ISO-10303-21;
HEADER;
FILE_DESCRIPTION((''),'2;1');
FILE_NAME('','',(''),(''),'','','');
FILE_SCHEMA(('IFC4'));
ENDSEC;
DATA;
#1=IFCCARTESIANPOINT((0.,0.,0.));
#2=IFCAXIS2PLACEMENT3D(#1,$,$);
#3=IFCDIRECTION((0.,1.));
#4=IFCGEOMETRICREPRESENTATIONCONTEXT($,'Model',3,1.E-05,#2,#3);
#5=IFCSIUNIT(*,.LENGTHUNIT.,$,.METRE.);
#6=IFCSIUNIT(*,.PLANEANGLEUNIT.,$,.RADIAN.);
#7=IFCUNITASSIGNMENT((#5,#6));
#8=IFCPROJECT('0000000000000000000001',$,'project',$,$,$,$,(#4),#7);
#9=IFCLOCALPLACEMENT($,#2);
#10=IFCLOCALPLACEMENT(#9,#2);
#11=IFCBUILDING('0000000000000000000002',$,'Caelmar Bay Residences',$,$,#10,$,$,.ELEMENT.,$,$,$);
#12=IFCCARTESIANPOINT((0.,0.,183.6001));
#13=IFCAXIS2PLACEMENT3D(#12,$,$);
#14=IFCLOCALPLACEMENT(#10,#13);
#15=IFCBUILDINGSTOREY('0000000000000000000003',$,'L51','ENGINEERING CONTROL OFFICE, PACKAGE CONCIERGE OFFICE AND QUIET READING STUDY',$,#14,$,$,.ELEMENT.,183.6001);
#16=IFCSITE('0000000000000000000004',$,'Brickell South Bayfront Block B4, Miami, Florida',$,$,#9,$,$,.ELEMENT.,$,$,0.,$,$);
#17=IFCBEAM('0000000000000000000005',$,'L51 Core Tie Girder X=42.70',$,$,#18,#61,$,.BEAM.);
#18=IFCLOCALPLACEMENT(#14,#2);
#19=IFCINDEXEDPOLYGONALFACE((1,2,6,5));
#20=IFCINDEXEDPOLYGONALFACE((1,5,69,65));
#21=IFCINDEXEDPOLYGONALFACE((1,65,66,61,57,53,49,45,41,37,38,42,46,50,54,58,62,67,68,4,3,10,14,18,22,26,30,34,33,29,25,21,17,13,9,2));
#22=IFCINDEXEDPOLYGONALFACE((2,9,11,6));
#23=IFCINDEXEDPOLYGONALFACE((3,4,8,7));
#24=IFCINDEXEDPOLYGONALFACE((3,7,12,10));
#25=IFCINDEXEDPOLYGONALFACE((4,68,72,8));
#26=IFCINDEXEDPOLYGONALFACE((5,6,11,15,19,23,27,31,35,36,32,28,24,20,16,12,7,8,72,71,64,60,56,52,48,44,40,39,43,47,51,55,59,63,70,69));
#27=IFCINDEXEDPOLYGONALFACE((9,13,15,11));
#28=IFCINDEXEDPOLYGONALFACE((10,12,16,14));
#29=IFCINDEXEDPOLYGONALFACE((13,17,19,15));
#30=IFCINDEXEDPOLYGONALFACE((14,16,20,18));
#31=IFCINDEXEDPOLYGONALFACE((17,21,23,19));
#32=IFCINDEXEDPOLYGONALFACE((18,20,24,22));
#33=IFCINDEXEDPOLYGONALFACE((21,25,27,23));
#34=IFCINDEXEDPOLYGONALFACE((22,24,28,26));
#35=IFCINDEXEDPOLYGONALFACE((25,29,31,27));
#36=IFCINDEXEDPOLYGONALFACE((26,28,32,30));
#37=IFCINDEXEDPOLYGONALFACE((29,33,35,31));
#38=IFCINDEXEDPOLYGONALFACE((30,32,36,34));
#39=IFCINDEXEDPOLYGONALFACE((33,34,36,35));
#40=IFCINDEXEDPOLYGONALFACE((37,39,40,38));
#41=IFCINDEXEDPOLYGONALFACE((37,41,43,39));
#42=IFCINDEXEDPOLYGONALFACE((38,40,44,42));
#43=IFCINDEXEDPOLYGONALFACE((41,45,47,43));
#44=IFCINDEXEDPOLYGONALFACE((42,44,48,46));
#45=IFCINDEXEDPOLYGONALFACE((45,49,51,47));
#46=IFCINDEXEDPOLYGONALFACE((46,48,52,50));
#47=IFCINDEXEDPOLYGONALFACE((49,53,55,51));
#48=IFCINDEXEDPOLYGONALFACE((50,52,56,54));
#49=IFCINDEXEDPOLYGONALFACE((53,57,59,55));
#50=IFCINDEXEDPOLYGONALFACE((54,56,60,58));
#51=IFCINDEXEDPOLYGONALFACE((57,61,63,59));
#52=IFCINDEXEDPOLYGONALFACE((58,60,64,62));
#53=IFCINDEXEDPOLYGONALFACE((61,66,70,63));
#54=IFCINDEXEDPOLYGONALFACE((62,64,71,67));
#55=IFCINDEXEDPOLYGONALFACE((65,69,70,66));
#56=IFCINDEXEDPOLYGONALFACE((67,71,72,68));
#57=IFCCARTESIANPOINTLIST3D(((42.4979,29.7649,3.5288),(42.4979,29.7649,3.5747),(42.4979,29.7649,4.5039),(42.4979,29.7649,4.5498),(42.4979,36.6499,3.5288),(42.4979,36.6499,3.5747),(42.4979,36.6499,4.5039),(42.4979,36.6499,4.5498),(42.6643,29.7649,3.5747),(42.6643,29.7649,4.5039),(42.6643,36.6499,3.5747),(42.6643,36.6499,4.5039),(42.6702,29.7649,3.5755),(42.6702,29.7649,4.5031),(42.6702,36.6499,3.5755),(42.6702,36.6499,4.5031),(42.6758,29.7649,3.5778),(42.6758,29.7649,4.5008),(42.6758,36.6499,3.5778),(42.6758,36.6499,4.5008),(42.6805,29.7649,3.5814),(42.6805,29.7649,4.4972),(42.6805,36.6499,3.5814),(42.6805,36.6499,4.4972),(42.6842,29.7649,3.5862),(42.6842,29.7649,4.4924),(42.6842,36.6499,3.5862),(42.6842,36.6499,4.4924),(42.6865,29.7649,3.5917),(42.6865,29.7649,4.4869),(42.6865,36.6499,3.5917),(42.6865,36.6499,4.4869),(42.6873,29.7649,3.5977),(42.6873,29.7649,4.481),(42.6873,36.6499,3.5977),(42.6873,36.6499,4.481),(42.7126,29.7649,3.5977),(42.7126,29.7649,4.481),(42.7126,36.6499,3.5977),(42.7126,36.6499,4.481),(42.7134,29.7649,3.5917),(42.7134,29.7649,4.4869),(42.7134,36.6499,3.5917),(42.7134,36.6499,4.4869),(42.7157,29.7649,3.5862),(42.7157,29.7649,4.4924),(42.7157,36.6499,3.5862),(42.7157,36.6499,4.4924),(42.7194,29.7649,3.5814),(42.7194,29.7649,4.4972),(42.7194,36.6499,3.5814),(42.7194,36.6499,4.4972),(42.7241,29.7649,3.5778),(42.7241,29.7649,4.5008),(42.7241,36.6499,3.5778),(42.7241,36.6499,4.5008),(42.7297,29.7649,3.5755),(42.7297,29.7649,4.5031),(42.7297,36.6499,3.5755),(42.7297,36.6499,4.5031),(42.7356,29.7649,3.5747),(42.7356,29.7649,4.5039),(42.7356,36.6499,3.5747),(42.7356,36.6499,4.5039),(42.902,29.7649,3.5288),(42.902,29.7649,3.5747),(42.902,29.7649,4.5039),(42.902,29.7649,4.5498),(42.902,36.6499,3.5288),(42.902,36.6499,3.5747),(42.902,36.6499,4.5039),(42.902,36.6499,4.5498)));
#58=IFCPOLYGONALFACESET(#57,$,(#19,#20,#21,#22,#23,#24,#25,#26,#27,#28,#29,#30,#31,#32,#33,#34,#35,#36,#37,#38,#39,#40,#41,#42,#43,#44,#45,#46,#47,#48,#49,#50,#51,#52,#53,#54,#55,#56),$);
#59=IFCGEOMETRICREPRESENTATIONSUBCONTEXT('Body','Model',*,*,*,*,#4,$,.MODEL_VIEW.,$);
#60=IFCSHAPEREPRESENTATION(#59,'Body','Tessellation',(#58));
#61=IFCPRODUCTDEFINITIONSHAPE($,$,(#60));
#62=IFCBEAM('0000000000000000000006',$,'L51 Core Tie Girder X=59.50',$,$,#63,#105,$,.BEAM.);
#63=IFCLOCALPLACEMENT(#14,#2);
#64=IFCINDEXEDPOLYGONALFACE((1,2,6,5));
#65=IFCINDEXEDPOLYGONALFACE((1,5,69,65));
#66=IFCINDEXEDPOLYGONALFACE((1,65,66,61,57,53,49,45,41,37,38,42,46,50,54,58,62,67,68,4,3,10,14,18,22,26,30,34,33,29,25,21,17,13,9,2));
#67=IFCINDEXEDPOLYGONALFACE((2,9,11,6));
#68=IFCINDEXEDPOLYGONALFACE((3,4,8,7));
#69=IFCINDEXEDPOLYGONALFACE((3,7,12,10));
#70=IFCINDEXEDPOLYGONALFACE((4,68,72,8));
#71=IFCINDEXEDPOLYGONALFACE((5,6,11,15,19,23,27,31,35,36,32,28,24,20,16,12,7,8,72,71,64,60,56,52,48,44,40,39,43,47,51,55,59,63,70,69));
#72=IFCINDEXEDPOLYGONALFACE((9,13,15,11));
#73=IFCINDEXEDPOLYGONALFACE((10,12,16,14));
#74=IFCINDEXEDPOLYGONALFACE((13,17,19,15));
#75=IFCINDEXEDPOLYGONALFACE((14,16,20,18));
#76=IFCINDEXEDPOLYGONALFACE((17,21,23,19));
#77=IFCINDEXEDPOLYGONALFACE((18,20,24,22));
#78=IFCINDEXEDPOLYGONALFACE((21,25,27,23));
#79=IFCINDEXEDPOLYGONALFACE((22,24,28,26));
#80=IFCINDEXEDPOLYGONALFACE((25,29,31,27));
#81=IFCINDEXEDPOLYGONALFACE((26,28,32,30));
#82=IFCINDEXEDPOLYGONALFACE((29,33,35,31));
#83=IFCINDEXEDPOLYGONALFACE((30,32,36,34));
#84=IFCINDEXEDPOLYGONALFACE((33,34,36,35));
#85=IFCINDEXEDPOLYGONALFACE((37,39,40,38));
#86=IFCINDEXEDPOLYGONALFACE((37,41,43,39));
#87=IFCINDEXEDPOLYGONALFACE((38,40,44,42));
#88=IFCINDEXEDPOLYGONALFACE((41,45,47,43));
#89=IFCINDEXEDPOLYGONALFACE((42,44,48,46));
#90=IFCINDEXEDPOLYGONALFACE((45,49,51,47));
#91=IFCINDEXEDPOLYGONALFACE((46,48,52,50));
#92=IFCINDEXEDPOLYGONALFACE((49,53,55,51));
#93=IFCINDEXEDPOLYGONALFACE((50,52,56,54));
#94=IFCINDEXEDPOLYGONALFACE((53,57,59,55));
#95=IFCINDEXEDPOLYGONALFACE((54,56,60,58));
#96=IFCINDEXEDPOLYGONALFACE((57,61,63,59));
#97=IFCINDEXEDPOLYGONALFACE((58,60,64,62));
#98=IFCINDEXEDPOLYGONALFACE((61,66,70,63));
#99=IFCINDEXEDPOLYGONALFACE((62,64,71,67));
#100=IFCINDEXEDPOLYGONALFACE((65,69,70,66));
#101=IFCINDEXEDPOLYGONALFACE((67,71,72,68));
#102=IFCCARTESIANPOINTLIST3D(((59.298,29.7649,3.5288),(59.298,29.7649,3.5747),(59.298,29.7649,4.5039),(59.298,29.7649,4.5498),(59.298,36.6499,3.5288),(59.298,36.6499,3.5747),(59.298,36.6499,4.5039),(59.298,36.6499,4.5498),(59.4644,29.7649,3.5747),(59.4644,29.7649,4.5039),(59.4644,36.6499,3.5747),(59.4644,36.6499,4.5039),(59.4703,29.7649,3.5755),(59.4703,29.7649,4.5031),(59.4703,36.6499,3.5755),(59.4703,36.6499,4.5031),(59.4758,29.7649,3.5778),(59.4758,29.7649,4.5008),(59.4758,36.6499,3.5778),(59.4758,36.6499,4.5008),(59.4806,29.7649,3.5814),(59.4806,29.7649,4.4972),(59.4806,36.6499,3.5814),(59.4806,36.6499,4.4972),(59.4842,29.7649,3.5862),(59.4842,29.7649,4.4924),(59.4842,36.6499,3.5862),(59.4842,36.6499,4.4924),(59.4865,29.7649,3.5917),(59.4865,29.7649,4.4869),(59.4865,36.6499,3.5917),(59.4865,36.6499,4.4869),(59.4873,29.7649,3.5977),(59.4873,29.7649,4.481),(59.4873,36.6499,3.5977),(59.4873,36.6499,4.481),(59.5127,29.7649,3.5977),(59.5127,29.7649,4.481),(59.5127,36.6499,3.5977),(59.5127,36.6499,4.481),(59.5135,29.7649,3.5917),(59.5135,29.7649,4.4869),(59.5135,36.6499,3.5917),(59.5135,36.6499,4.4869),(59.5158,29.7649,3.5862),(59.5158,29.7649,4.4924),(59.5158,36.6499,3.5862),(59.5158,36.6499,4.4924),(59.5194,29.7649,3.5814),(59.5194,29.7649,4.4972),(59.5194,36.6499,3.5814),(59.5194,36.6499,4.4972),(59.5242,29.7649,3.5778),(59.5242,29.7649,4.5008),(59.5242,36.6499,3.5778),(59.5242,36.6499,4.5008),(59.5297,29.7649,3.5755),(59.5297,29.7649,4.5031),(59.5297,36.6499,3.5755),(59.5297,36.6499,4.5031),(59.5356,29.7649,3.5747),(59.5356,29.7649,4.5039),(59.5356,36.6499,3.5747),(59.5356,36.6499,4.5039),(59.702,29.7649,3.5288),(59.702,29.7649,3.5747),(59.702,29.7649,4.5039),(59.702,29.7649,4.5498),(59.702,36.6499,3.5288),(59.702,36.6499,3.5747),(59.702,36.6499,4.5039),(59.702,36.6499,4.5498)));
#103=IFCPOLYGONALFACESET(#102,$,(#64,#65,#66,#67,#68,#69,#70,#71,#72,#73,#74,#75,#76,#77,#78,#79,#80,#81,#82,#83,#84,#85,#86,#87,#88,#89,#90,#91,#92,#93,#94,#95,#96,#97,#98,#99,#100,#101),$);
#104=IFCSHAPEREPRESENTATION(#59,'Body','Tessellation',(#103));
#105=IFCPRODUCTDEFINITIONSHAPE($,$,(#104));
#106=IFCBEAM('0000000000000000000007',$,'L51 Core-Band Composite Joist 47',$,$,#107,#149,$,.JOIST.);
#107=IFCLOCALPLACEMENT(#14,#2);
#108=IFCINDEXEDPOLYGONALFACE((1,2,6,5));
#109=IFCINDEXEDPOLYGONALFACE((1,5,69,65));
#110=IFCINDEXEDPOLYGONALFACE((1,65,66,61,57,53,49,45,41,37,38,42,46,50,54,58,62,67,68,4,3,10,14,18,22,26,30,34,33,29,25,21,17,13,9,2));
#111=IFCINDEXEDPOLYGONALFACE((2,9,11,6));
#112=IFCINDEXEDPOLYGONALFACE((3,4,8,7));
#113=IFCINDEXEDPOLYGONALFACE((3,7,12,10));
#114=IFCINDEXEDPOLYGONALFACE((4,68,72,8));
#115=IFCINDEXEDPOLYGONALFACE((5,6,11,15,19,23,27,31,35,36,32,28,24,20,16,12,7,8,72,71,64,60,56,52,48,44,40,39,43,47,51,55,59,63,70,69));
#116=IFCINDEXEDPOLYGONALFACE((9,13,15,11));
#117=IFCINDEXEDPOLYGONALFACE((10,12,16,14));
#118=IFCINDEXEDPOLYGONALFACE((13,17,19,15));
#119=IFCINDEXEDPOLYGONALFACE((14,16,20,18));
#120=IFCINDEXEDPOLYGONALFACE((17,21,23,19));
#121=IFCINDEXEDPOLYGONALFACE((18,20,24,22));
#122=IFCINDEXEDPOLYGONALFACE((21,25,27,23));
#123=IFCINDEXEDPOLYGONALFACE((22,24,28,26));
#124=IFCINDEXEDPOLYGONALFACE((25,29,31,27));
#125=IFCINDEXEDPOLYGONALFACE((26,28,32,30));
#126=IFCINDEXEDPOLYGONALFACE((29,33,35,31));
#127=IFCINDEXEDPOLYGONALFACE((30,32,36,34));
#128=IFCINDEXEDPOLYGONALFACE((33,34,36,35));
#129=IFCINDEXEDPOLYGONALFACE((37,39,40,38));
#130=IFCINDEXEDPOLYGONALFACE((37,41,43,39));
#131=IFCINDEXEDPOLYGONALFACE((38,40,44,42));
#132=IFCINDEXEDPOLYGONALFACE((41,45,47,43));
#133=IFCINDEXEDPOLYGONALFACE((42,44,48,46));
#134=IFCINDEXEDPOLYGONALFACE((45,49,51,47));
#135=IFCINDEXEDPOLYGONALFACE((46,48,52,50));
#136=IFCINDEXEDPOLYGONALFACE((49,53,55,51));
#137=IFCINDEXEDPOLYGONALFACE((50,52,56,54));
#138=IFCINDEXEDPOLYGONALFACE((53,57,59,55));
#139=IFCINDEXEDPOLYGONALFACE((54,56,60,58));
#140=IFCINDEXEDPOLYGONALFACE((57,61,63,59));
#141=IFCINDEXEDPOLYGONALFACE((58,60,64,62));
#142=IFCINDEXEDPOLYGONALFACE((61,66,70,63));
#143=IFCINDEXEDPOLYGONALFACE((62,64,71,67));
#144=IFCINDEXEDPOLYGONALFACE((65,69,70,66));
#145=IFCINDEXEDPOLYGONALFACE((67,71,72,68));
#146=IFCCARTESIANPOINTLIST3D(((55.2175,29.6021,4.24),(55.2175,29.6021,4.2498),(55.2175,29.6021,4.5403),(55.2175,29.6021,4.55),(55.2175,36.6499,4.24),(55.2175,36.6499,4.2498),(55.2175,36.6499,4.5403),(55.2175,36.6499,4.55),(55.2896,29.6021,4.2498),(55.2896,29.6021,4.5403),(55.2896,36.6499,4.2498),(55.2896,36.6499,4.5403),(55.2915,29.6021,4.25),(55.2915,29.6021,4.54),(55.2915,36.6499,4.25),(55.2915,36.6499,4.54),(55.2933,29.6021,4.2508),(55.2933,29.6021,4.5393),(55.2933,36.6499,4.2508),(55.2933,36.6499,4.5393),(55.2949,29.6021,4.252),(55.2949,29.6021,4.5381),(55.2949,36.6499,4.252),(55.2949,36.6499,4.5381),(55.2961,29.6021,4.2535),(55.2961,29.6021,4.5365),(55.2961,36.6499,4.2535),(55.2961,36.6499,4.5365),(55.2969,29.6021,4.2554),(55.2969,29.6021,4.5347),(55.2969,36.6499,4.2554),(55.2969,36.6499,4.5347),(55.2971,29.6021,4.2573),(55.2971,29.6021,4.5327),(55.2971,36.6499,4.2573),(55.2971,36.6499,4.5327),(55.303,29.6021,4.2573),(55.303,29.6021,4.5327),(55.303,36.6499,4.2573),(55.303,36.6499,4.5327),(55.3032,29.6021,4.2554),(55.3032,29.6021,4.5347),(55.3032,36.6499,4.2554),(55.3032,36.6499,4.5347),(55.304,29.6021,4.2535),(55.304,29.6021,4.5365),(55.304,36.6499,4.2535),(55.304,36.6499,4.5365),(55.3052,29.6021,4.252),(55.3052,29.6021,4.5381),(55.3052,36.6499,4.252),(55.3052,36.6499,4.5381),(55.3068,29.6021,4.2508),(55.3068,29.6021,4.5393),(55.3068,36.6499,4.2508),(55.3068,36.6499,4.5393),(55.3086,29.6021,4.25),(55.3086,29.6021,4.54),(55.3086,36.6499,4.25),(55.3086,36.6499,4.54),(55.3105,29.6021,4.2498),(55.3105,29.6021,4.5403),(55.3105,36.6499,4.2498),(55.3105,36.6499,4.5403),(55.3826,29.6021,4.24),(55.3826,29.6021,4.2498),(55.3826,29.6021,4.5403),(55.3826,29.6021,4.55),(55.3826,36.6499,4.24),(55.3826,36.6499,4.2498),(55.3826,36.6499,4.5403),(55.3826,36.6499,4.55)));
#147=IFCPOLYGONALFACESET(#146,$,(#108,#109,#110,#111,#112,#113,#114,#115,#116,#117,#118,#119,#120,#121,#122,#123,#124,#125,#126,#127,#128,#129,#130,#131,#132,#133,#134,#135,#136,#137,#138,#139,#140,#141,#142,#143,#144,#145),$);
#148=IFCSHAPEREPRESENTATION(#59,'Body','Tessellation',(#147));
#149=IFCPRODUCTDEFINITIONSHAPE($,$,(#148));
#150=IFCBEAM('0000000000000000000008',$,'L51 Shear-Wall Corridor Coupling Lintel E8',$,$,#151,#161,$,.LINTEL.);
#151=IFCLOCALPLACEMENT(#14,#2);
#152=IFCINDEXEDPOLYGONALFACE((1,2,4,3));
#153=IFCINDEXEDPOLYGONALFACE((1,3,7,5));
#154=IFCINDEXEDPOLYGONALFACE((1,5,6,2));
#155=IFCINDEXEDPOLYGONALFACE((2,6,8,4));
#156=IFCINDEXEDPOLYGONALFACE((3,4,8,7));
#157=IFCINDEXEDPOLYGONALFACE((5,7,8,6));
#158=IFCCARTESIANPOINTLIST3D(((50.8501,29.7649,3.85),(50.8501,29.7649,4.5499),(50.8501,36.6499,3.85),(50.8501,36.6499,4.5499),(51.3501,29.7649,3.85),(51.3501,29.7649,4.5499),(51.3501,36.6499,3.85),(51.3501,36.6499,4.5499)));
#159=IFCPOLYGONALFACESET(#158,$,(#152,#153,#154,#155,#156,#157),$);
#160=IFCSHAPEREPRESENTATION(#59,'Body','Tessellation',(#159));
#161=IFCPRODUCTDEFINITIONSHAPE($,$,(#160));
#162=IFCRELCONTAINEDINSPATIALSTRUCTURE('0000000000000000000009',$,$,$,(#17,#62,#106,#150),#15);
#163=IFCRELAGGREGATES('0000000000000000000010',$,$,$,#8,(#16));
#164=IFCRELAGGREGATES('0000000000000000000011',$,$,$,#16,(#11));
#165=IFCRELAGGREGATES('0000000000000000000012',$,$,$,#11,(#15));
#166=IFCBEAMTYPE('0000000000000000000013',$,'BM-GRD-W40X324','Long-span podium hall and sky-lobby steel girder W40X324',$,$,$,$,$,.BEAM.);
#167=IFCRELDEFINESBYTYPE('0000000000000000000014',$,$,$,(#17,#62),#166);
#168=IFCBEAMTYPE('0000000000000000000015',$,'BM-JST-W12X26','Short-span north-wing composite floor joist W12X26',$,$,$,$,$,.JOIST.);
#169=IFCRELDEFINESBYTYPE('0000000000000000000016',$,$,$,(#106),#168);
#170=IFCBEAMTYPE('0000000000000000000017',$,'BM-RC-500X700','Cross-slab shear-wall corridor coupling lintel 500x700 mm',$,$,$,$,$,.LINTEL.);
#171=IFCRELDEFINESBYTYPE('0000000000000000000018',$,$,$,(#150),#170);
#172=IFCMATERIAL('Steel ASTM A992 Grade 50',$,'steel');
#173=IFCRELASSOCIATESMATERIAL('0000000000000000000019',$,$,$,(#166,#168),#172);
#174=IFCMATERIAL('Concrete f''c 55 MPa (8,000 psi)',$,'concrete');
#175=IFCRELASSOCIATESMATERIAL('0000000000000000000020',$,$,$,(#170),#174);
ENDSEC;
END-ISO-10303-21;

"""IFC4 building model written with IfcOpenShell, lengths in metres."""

from ifc_helpers import new_model, si_unit, direction, frame, origin, origin_2d, place, context, subcontext, project, spatial, rectangle, i_section, extrude, material, material_profile, profile_set, type_object, element, save


model = new_model("IFC4")

# Units and contexts
model_context = context("Model", 3, precision=1e-05, world=origin(), true_north=direction((0.0, 1.0)))
body_context = subcontext(model_context, "Body", "Model", "MODEL_VIEW")
ifc_project = project(units=[si_unit("LENGTHUNIT", "METRE"), si_unit("PLANEANGLEUNIT", "RADIAN")], contexts=[model_context])

# Site, building, storey
site_placement = place(None, origin())
site = spatial("IfcSite", under=ifc_project, at=site_placement, Name="Brickell South Bayfront Block B4, Miami, Florida", CompositionType="ELEMENT", RefElevation=0.0)
building_placement = place(site_placement, origin())
building = spatial("IfcBuilding", under=site, at=building_placement, Name="Caelmar Bay Residences", CompositionType="ELEMENT")
storey_placement = place(building_placement, frame((0.0, 0.0, 183.6001)))
storey = spatial("IfcBuildingStorey", under=building, at=storey_placement, Name="L51", Description="ENGINEERING CONTROL OFFICE, PACKAGE CONCIERGE OFFICE AND QUIET READING STUDY", CompositionType="ELEMENT", Elevation=183.6001)

# Beams
ifc_material_1 = material(Name="Steel ASTM A992 Grade 50", Category="steel")
ifc_material_profile_1 = material_profile(ifc_material_1, i_section(OverallWidth=0.4041, OverallDepth=1.021, WebThickness=0.0254, FlangeThickness=0.0459, FilletRadius=0.0229, at=origin_2d()), Name="W40X324")
ifc_profile_set_1 = profile_set([ifc_material_profile_1], Name="Steel ASTM A992 Grade 50")
beam_type_1 = type_object("IfcBeamType", Name="BM-GRD-W40X324", Description="Long-span podium hall and sky-lobby steel girder W40X324", PredefinedType="BEAM", material=ifc_profile_set_1)
for number, where, z_axis, x_axis, name in (
    (1, (42.7, 29.7649, 4.0393), (0.0, 1.0, 0.0), (-1.0, 0.0, 0.0), "L51 Core Tie Girder X=42.70"),
    (2, (59.5, 29.7649, 4.0393), (0.0, 1.0, 0.0), (-1.0, 0.0, 0.0), "L51 Core Tie Girder X=59.50"),
):
    element("IfcBeam", number, at=place(storey_placement, frame(where, z_axis=z_axis, x_axis=x_axis)), inside=storey, type_object=beam_type_1, Name=name, PredefinedType="BEAM", context=body_context, shape_type="SweptSolid", body=[
        extrude(i_section(OverallWidth=0.4041, OverallDepth=1.021, WebThickness=0.0254, FlangeThickness=0.0459, FilletRadius=0.0229, at=origin_2d()), origin(), (0.0, 0.0, 1.0), 6.885),
    ])
ifc_material_profile_2 = material_profile(ifc_material_1, i_section(OverallWidth=0.165, OverallDepth=0.3101, WebThickness=0.0059, FlangeThickness=0.0098, FilletRadius=0.0076, at=origin_2d()), Name="W12X26")
ifc_profile_set_2 = profile_set([ifc_material_profile_2], Name="Steel ASTM A992 Grade 50")
beam_type_2 = type_object("IfcBeamType", Name="BM-JST-W12X26", Description="Short-span north-wing composite floor joist W12X26", PredefinedType="JOIST", material=ifc_profile_set_2)
beam_1_placement = place(storey_placement, frame((55.3, 29.6021, 4.395), z_axis=(0.0, 1.0, 0.0), x_axis=(-1.0, 0.0, 0.0)))
element("IfcBeam", 3, at=beam_1_placement, inside=storey, type_object=beam_type_2, Name="L51 Core-Band Composite Joist 47", PredefinedType="JOIST", context=body_context, shape_type="SweptSolid", body=[
    extrude(i_section(OverallWidth=0.165, OverallDepth=0.3101, WebThickness=0.0059, FlangeThickness=0.0098, FilletRadius=0.0076, at=origin_2d()), origin(), (0.0, 0.0, 1.0), 7.0479),
])
ifc_material_2 = material(Name="Concrete f'c 55 MPa (8,000 psi)", Category="concrete")
ifc_material_profile_3 = material_profile(ifc_material_2, rectangle(XDim=0.5, YDim=0.7, at=origin_2d()), Name="RC-BM-500X700")
ifc_profile_set_3 = profile_set([ifc_material_profile_3], Name="Concrete f'c 55 MPa (8,000 psi)")
beam_type_3 = type_object("IfcBeamType", Name="BM-RC-500X700", Description="Cross-slab shear-wall corridor coupling lintel 500x700 mm", PredefinedType="LINTEL", material=ifc_profile_set_3)
beam_2_placement = place(storey_placement, frame((51.1001, 29.7649, 4.2), z_axis=(0.0, 1.0, 0.0), x_axis=(-1.0, 0.0, 0.0)))
element("IfcBeam", 4, at=beam_2_placement, inside=storey, type_object=beam_type_3, Name="L51 Shear-Wall Corridor Coupling Lintel E8", PredefinedType="LINTEL", context=body_context, shape_type="SweptSolid", body=[
    extrude(rectangle(XDim=0.5, YDim=0.7, at=origin_2d()), origin(), (0.0, 0.0, 1.0), 6.885),
])

save(model, "model.ifc")
